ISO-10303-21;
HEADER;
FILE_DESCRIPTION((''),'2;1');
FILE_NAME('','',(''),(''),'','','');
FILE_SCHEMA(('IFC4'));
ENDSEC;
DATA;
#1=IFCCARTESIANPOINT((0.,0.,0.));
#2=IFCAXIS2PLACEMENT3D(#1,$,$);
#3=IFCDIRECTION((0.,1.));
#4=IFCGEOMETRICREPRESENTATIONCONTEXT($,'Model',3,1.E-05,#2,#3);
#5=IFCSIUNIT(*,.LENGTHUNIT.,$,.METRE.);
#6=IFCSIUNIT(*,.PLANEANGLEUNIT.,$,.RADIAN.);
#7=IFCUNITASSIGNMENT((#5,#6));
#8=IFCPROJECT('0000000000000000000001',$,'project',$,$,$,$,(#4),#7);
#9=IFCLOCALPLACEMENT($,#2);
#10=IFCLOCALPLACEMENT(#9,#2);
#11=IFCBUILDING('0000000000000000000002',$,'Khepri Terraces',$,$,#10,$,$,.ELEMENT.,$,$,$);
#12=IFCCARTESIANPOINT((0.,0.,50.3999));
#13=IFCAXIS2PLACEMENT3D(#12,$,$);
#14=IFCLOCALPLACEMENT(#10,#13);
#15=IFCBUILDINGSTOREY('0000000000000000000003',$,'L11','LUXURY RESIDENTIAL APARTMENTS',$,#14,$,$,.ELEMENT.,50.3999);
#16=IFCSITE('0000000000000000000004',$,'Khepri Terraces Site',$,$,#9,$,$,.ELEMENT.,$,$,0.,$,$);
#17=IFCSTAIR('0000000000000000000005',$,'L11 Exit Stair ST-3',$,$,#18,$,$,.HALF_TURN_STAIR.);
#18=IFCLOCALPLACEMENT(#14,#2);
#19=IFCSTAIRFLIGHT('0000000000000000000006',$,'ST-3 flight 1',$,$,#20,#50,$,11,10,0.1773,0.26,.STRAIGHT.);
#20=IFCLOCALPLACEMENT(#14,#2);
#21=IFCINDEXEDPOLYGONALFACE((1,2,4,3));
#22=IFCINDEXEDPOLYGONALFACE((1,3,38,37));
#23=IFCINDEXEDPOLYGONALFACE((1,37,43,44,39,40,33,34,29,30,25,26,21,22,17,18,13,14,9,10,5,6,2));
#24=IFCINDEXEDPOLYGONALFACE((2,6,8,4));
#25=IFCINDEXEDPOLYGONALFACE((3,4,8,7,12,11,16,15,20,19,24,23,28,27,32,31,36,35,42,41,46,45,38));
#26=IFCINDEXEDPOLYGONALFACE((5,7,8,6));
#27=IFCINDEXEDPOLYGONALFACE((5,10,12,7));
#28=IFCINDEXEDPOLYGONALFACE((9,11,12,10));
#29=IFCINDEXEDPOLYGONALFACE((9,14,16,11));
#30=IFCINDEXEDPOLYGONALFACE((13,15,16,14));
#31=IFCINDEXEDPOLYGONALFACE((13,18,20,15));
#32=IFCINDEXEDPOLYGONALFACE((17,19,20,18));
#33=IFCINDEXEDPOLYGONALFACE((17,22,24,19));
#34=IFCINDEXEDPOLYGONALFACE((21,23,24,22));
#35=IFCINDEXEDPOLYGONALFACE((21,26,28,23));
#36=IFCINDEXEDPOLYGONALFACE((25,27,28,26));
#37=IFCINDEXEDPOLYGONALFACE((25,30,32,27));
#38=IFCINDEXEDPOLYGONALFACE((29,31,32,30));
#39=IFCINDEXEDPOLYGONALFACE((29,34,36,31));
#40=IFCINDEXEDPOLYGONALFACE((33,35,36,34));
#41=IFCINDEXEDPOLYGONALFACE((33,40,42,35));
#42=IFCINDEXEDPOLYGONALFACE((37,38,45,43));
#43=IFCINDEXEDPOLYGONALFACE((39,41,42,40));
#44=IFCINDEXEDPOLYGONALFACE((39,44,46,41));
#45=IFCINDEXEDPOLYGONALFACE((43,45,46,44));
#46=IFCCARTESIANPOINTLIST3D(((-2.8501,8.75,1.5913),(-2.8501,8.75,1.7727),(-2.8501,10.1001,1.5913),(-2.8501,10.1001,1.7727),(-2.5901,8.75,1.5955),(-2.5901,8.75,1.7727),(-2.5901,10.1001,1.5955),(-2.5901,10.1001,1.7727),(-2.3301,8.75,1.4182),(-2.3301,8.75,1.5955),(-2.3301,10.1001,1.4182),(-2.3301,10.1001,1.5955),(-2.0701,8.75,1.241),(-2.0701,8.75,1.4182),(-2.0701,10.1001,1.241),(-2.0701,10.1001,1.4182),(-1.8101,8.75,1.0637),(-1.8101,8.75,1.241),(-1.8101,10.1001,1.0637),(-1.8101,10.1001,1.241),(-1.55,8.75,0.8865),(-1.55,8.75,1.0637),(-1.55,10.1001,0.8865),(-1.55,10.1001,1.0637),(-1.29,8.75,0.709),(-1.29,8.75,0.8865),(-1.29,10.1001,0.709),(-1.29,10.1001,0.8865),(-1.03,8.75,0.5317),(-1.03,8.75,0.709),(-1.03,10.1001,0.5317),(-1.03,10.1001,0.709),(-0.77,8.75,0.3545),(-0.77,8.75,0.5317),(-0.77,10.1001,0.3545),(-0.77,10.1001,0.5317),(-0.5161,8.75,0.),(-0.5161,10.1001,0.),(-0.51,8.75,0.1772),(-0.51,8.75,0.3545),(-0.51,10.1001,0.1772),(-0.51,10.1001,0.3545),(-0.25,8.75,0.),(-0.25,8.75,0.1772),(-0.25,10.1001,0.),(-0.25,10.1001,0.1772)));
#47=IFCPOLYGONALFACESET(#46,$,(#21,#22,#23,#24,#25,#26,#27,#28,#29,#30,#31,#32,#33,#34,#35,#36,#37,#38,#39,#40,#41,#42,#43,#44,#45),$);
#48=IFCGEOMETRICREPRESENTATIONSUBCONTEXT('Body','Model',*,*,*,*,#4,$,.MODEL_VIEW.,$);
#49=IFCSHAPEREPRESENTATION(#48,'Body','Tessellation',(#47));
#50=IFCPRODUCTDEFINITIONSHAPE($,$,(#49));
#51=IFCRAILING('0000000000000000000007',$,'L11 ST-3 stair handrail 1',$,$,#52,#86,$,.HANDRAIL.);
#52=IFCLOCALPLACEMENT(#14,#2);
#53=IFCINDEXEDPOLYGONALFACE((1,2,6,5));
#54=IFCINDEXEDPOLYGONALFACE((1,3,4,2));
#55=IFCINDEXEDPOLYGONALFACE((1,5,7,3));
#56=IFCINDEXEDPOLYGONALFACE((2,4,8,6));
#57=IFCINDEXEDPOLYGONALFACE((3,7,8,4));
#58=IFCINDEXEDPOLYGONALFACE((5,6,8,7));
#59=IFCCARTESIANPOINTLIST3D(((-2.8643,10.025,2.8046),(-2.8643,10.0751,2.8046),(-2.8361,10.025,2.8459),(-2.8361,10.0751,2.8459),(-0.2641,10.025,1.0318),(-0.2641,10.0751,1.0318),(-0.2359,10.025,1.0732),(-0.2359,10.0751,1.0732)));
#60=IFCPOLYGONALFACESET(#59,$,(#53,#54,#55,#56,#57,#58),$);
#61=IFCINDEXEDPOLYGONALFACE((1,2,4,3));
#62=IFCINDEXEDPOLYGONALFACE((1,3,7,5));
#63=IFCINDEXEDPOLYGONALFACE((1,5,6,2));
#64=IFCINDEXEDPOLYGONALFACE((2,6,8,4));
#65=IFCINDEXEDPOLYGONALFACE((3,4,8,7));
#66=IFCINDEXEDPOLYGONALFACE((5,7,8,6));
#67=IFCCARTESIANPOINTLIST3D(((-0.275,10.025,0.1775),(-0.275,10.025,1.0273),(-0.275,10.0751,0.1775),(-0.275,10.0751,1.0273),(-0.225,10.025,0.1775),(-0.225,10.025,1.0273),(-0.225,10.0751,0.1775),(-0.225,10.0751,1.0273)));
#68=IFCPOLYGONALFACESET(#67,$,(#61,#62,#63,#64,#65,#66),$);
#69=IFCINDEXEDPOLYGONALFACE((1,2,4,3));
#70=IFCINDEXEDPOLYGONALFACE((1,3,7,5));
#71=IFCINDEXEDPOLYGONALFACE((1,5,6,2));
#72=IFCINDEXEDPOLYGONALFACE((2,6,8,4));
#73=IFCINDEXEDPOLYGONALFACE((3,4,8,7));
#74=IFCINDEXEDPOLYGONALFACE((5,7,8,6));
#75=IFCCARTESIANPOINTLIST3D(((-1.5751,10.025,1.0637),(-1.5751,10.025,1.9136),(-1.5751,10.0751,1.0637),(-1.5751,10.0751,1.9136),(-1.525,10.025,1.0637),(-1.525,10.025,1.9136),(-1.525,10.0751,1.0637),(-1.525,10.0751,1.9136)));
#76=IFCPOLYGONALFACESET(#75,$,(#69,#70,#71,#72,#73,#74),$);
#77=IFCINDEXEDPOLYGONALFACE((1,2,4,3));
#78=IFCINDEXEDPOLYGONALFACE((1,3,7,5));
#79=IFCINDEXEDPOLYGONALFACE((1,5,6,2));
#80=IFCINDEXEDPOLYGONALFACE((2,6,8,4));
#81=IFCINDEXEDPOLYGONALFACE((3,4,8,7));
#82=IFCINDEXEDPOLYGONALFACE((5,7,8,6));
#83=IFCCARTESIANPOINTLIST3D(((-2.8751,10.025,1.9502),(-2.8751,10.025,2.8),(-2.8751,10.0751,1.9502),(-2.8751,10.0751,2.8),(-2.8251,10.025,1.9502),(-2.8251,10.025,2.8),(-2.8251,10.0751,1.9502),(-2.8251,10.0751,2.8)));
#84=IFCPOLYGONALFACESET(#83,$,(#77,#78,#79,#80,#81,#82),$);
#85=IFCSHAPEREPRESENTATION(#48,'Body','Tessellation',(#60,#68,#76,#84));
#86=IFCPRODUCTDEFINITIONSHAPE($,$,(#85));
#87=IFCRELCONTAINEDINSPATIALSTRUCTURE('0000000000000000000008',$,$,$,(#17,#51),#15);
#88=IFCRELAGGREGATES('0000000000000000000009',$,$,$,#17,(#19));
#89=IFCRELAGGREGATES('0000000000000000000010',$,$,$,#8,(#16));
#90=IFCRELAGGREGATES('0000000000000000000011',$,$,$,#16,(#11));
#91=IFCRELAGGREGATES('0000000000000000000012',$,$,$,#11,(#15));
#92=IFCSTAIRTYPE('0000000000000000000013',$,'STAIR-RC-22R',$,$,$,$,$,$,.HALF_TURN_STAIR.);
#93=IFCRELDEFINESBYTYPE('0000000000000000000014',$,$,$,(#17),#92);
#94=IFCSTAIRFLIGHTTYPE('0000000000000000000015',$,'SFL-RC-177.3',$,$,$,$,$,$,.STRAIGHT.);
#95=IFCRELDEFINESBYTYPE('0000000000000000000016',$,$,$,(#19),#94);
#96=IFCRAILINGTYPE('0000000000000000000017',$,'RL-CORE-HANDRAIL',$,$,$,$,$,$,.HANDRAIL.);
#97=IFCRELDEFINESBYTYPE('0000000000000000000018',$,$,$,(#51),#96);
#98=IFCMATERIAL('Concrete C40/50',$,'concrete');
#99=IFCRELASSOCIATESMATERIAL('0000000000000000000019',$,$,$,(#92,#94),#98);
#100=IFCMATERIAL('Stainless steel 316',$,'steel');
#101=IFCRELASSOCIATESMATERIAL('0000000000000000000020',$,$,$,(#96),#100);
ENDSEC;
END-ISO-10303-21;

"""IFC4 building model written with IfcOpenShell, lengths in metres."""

from ifc_helpers import new_model, si_unit, direction, frame, origin, origin_2d, place, context, subcontext, project, spatial, polyline, rectangle, outline, extrude, material, type_object, element, aggregate, save


model = new_model("IFC4")

# Units and contexts
model_context = context("Model", 3, precision=1e-05, world=origin(), true_north=direction((0.0, 1.0)))
body_context = subcontext(model_context, "Body", "Model", "MODEL_VIEW")
ifc_project = project(units=[si_unit("LENGTHUNIT", "METRE"), si_unit("PLANEANGLEUNIT", "RADIAN")], contexts=[model_context])

# Site, building, storey
site_placement = place(None, origin())
site = spatial("IfcSite", under=ifc_project, at=site_placement, Name="Khepri Terraces Site", CompositionType="ELEMENT", RefElevation=0.0)
building_placement = place(site_placement, origin())
building = spatial("IfcBuilding", under=site, at=building_placement, Name="Khepri Terraces", CompositionType="ELEMENT")
storey_placement = place(building_placement, frame((0.0, 0.0, 50.3999)))
storey = spatial("IfcBuildingStorey", under=building, at=storey_placement, Name="L11", Description="LUXURY RESIDENTIAL APARTMENTS", CompositionType="ELEMENT", Elevation=50.3999)

# Stair, stair flight
ifc_material_1 = material(Name="Concrete C40/50", Category="concrete")
stair_type = type_object("IfcStairType", Name="STAIR-RC-22R", PredefinedType="HALF_TURN_STAIR", material=ifc_material_1)
stair_placement = place(storey_placement, origin())
stair = element("IfcStair", 1, at=stair_placement, inside=storey, type_object=stair_type, Name="L11 Exit Stair ST-3", PredefinedType="HALF_TURN_STAIR")
stair_flight_type = type_object("IfcStairFlightType", Name="SFL-RC-177.3", PredefinedType="STRAIGHT", material=ifc_material_1)
stair_flight_placement = place(storey_placement, frame((-0.25, 9.425, 0.0), z_axis=(0.0, 0.0, 1.0), x_axis=(-1.0, 0.0, 0.0)))
stair_flight = element("IfcStairFlight", 2, at=stair_flight_placement, type_object=stair_flight_type, Name="ST-3 flight 1", NumberOfRisers=11, NumberOfTreads=10, PredefinedType="STRAIGHT", RiserHeight=0.1773, TreadLength=0.26, context=body_context, shape_type="SweptSolid", body=[
    extrude(outline(polyline([(0.0, 0.0), (0.0, 0.1772), (0.26, 0.1772), (0.26, 0.3545), (0.52, 0.3545), (0.52, 0.5317), (0.78, 0.5317), (0.78, 0.709), (1.04, 0.709), (1.04, 0.8865), (1.3, 0.8865), (1.3, 1.0637), (1.5601, 1.0637), (1.5601, 1.241), (1.8201, 1.241), (1.8201, 1.4182), (2.0801, 1.4182), (2.0801, 1.5955), (2.3401, 1.5955), (2.3401, 1.7727), (2.6001, 1.7727), (2.6001, 1.95), (2.6001, 1.5913), (0.2661, 0.0), (0.0, 0.0)])), frame((0.0, 0.675, 0.0), z_axis=(0.0, -1.0, 0.0), x_axis=(1.0, 0.0, 0.0)), (0.0, 0.0, 1.0), 1.3501),
])
aggregate(stair, [stair_flight])

# Railing
ifc_material_2 = material(Name="Stainless steel 316", Category="steel")
railing_type = type_object("IfcRailingType", Name="RL-CORE-HANDRAIL", PredefinedType="HANDRAIL", material=ifc_material_2)
railing_placement = place(storey_placement, frame((-0.25, 10.05, 0.1775)))
element("IfcRailing", 3, at=railing_placement, inside=storey, type_object=railing_type, Name="L11 ST-3 stair handrail 1", PredefinedType="HANDRAIL", context=body_context, shape_type="SweptSolid", body=[
    extrude(rectangle(XDim=0.05, YDim=0.05, at=origin_2d()), frame((0.0, 0.0, 0.875), z_axis=(-0.82624, 0.0, 0.563318), x_axis=(0.0, -1.0, 0.0)), (0.0, 0.0, 1.0), 3.147),
    extrude(rectangle(XDim=0.05, YDim=0.05, at=origin_2d()), origin(), (0.0, 0.0, 1.0), 0.8499),
    extrude(rectangle(XDim=0.05, YDim=0.05, at=origin_2d()), frame((-1.3, 0.0, 0.8862)), (0.0, 0.0, 1.0), 0.8499),
    extrude(rectangle(XDim=0.05, YDim=0.05, at=origin_2d()), frame((-2.6001, 0.0, 1.7727)), (0.0, 0.0, 1.0), 0.8499),
])

save(model, "model.ifc")
